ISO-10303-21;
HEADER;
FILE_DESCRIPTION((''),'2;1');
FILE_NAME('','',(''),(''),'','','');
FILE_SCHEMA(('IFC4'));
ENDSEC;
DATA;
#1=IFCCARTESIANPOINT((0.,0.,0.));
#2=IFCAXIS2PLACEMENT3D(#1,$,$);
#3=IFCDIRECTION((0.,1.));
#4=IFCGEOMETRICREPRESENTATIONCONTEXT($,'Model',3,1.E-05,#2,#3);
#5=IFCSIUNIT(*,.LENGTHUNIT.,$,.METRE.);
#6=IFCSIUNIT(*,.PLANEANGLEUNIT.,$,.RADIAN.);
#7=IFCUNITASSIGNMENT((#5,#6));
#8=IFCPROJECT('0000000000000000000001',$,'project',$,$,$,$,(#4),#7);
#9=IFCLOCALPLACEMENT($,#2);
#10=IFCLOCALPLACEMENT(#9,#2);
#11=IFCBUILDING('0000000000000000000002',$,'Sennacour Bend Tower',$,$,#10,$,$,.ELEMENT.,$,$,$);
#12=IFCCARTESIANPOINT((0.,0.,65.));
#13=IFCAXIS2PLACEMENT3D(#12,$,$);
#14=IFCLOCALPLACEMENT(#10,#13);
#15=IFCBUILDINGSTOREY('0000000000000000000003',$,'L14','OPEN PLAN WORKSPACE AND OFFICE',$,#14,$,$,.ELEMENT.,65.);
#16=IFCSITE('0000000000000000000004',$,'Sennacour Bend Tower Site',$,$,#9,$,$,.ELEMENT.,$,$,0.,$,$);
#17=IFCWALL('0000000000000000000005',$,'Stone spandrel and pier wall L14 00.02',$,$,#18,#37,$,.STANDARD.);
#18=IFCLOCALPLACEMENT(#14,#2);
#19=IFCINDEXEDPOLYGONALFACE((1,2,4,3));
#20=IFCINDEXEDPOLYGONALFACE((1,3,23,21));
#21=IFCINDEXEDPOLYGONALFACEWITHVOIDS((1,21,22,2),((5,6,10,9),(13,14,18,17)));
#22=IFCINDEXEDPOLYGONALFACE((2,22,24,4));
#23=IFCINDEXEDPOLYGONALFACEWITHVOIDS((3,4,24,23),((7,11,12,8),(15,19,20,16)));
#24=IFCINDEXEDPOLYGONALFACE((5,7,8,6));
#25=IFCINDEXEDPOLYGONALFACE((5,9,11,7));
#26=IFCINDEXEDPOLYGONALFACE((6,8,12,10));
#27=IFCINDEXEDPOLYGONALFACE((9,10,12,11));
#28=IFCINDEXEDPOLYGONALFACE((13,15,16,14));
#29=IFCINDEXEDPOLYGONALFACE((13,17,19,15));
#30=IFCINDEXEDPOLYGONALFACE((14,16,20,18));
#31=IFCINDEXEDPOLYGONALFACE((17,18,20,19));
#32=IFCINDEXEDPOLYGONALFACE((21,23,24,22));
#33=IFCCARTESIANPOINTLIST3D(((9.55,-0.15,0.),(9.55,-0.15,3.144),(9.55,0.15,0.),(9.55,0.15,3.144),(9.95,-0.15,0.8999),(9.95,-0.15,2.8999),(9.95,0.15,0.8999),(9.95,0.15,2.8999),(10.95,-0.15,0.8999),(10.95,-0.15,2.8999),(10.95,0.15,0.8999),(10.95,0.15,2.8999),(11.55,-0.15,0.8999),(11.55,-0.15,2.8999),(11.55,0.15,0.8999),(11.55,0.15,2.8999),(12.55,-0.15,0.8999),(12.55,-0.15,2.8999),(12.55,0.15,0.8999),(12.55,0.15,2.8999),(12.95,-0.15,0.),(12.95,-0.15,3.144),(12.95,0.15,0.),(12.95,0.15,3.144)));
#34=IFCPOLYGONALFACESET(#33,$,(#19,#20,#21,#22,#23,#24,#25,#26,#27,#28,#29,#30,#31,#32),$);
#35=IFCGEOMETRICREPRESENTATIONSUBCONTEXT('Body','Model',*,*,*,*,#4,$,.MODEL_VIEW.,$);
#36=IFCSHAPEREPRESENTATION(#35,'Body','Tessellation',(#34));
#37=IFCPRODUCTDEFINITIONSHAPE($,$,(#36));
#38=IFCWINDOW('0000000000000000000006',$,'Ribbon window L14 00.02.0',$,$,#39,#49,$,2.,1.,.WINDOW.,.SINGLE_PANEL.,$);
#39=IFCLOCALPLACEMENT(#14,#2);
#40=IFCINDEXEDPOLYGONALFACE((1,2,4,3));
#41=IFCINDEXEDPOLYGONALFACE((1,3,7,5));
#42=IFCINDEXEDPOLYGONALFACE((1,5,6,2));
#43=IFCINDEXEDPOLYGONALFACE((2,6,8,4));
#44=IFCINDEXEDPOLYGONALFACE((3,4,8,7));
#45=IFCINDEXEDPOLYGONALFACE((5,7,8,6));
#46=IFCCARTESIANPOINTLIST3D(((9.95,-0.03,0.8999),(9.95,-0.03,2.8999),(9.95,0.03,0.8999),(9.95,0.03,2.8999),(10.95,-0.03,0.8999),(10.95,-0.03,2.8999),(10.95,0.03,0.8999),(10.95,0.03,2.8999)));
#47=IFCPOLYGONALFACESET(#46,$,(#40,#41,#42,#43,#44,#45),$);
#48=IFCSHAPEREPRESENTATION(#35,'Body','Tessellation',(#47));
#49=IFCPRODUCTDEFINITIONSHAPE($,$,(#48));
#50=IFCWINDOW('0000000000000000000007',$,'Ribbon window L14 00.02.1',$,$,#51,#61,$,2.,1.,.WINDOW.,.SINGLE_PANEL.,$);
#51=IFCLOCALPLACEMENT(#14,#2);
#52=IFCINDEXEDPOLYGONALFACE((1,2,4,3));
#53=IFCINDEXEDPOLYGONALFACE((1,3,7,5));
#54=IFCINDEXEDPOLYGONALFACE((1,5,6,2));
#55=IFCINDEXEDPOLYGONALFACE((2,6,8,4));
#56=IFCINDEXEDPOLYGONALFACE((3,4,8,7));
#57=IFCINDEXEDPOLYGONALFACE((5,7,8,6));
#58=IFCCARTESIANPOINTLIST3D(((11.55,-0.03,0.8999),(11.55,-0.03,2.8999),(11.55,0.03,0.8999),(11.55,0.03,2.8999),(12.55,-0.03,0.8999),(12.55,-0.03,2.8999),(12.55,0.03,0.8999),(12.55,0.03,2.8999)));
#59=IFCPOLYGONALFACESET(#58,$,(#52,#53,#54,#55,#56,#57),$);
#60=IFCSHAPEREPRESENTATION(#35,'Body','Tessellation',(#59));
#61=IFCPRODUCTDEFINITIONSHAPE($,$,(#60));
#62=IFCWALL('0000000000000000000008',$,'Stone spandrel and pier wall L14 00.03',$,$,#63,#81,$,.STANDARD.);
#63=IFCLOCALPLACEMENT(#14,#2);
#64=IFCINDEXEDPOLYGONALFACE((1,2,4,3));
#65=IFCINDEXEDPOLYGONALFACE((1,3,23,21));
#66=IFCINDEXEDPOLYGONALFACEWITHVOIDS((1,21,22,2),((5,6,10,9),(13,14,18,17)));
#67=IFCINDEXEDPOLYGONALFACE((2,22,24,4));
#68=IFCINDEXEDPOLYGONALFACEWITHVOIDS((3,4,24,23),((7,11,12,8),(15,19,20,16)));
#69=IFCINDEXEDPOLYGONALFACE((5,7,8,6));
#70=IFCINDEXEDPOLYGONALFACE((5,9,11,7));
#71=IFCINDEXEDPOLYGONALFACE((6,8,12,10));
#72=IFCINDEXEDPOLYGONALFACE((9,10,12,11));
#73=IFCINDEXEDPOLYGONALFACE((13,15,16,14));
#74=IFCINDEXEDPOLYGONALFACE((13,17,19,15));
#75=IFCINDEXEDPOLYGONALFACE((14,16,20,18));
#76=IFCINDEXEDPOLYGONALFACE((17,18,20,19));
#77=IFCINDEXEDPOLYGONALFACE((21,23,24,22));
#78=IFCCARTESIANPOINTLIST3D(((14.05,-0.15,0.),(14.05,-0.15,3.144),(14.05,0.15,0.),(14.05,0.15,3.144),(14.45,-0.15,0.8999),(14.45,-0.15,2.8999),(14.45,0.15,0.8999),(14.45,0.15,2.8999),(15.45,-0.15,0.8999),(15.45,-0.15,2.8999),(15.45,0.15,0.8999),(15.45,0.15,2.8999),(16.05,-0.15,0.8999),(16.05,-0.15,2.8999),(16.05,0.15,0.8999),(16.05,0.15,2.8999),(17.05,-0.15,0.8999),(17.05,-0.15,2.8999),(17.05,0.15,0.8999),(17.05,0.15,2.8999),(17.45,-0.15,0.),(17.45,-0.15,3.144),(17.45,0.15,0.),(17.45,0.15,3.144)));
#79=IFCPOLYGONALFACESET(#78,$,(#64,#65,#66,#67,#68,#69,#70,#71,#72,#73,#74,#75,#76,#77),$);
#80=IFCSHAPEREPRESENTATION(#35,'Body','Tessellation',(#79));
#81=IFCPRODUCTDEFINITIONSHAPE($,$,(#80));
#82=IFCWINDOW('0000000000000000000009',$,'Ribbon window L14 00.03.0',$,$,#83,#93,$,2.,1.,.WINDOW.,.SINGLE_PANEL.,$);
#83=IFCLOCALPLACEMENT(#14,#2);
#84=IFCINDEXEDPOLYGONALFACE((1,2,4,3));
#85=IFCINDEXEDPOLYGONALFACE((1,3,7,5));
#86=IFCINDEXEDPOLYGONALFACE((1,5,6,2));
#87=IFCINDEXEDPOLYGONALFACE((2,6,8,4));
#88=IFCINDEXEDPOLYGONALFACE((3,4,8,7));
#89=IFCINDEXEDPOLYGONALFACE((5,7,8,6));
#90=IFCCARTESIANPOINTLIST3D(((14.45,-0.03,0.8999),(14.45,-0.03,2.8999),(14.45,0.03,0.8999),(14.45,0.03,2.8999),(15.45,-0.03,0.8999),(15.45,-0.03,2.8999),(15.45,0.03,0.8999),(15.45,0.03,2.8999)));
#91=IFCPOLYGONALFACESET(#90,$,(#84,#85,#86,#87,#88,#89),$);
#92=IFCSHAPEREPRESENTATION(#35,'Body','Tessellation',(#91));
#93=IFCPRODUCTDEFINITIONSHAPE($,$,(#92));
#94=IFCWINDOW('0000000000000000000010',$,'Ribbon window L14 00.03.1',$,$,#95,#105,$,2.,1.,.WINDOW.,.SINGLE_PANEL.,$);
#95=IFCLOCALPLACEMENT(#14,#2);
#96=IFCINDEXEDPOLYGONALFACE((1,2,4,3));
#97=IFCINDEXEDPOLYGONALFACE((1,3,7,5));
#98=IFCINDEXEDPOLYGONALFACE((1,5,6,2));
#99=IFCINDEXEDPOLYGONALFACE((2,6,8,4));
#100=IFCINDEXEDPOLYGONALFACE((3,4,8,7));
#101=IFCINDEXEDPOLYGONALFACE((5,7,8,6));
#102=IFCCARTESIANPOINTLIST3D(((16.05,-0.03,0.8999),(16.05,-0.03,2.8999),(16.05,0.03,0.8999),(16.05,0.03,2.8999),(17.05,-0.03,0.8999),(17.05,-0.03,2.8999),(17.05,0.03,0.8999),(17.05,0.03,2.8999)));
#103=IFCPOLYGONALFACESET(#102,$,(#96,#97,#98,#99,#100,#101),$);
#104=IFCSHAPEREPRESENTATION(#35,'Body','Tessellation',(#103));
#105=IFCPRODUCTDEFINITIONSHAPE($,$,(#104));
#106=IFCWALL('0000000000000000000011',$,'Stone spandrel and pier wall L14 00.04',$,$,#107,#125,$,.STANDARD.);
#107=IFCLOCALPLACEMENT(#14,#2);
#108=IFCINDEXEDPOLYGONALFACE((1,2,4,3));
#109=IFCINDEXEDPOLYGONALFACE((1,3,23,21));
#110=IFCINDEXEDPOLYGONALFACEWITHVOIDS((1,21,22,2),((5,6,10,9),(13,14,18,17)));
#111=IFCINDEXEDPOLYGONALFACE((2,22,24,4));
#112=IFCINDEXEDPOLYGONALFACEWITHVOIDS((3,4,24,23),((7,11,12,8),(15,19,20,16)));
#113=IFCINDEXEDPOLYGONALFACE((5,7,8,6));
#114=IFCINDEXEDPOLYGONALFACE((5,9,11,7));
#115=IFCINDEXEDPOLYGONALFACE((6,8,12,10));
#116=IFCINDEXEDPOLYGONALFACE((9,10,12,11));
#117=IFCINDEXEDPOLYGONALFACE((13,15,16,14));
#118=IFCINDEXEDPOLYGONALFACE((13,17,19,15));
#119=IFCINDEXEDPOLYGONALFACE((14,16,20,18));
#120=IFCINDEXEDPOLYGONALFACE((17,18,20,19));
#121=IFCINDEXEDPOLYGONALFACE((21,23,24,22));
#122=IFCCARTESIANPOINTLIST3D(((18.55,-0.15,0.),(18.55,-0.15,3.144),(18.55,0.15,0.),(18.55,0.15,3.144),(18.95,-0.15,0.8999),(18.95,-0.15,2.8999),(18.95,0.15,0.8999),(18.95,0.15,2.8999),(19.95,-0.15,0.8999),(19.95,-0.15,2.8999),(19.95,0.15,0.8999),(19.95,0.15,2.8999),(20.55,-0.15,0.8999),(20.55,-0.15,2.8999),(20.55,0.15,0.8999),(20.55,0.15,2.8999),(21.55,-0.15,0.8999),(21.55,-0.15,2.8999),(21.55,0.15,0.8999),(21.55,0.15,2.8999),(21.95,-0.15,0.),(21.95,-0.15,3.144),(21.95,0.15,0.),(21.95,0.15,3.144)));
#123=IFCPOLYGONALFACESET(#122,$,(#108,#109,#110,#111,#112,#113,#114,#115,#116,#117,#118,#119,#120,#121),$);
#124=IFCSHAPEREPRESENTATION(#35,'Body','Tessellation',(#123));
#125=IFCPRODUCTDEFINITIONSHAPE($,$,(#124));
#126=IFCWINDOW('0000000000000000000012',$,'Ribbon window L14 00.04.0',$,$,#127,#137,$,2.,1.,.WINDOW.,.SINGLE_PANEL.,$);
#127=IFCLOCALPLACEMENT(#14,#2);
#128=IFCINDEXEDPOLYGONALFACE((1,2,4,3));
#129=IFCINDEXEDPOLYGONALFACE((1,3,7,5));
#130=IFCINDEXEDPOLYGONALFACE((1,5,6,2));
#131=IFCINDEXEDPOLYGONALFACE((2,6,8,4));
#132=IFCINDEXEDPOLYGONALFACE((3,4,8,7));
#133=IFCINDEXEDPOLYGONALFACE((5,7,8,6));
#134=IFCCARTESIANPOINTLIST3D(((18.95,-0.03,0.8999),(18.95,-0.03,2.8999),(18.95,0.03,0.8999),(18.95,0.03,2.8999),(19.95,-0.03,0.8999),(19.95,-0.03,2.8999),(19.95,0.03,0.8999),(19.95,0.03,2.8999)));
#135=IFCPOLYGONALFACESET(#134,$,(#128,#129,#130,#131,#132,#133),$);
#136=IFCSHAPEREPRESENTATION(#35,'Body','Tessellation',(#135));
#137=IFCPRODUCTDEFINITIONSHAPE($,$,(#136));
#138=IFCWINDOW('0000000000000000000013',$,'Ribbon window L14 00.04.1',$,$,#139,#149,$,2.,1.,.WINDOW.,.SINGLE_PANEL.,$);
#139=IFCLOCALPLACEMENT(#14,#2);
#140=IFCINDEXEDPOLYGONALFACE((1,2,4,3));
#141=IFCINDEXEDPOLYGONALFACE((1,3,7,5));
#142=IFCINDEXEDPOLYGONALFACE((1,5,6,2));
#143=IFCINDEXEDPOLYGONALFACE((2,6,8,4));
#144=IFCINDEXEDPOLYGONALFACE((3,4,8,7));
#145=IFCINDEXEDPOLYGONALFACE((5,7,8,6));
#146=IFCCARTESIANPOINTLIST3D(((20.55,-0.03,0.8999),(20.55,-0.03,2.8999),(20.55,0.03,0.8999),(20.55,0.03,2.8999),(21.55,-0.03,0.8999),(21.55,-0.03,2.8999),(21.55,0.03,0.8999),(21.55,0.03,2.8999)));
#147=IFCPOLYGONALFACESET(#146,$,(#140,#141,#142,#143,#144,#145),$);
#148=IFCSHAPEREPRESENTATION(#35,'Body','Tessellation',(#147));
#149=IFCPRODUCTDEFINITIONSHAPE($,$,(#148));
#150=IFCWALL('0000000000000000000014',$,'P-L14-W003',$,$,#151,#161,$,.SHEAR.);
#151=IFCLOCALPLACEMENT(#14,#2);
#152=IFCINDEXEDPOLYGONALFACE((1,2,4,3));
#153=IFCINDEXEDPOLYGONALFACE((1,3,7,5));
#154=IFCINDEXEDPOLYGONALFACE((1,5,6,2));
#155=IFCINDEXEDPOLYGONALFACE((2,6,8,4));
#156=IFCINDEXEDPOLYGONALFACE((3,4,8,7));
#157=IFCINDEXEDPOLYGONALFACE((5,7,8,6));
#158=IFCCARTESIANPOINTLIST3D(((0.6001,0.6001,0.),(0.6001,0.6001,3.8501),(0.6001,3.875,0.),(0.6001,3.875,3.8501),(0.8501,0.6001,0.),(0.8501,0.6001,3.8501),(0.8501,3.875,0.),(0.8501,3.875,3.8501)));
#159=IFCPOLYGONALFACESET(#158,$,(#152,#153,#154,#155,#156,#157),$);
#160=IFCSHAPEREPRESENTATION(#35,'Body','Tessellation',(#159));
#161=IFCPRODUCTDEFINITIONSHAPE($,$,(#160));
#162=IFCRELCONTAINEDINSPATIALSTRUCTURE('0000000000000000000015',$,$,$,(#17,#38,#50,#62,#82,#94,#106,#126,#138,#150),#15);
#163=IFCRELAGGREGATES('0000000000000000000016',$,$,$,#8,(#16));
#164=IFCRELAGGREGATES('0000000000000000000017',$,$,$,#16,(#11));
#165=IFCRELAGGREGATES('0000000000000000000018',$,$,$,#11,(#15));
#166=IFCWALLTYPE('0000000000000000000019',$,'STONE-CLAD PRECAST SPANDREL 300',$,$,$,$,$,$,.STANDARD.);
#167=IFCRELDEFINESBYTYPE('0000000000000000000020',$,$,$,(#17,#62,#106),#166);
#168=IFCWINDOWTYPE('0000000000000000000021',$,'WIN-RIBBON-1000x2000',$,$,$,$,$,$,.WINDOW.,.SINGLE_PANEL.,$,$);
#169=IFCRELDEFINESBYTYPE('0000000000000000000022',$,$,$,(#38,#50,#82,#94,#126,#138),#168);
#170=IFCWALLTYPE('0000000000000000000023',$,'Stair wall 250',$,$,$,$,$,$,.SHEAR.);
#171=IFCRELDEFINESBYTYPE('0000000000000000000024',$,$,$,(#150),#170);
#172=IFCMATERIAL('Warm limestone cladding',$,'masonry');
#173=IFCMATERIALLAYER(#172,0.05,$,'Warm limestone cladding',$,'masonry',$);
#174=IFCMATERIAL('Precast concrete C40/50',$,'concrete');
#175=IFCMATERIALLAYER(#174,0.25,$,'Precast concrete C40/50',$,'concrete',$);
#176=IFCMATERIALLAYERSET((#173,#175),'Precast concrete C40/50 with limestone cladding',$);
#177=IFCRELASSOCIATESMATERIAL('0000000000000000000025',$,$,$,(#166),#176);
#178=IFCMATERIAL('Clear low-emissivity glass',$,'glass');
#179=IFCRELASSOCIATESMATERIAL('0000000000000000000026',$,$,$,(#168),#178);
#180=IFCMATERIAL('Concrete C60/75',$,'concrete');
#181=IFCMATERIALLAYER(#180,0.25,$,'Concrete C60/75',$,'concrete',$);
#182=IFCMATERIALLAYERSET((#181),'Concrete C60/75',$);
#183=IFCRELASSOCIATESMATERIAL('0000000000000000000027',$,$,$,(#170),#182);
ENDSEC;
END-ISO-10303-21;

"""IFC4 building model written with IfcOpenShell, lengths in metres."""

from ifc_helpers import new_model, si_unit, direction, frame, frame_2d, origin, place, context, subcontext, project, spatial, rectangle, extrude, material, layer, layer_set, type_object, element, fill, save


model = new_model("IFC4")

# Units and contexts
model_context = context("Model", 3, precision=1e-05, world=origin(), true_north=direction((0.0, 1.0)))
body_context = subcontext(model_context, "Body", "Model", "MODEL_VIEW")
ifc_project = project(units=[si_unit("LENGTHUNIT", "METRE"), si_unit("PLANEANGLEUNIT", "RADIAN")], contexts=[model_context])

# Site, building, storey
site_placement = place(None, origin())
site = spatial("IfcSite", under=ifc_project, at=site_placement, Name="Sennacour Bend Tower Site", CompositionType="ELEMENT", RefElevation=0.0)
building_placement = place(site_placement, origin())
building = spatial("IfcBuilding", under=site, at=building_placement, Name="Sennacour Bend Tower", CompositionType="ELEMENT")
storey_placement = place(building_placement, frame((0.0, 0.0, 65.0)))
storey = spatial("IfcBuildingStorey", under=building, at=storey_placement, Name="L14", Description="OPEN PLAN WORKSPACE AND OFFICE", CompositionType="ELEMENT", Elevation=65.0)

# Walls, openings, windows
ifc_material_1 = material(Name="Warm limestone cladding", Category="masonry")
ifc_layer_1 = layer(ifc_material_1, 0.05, Name="Warm limestone cladding", Category="masonry")
ifc_material_2 = material(Name="Precast concrete C40/50", Category="concrete")
ifc_layer_2 = layer(ifc_material_2, 0.25, Name="Precast concrete C40/50", Category="concrete")
ifc_layer_set_1 = layer_set([ifc_layer_1, ifc_layer_2], Name="Precast concrete C40/50 with limestone cladding")
wall_type_1 = type_object("IfcWallType", Name="STONE-CLAD PRECAST SPANDREL 300", PredefinedType="STANDARD", material=ifc_layer_set_1)
ifc_material_3 = material(Name="Clear low-emissivity glass", Category="glass")
window_type = type_object("IfcWindowType", Name="WIN-RIBBON-1000x2000", PartitioningType="SINGLE_PANEL", PredefinedType="WINDOW", material=ifc_material_3)
wall_1_placement = place(storey_placement, frame((9.55, 0.0, 0.0), z_axis=(0.0, 0.0, 1.0), x_axis=(1.0, 0.0, 0.0)))
wall_1 = element("IfcWall", 1, at=wall_1_placement, inside=storey, type_object=wall_type_1, Name="Stone spandrel and pier wall L14 00.02", PredefinedType="STANDARD", context=body_context, shape_type="SweptSolid", body=[
    extrude(rectangle(XDim=3.3999, YDim=0.3, at=frame_2d((1.7, 0.0))), origin(), (0.0, 0.0, 1.0), 3.144),
])
opening_1_placement = place(wall_1_placement, frame((0.3999, 0.0, 0.8999)))
opening_1 = element("IfcOpeningElement", 2, at=opening_1_placement, cuts=wall_1, PredefinedType="OPENING", context=body_context, shape_type="SweptSolid", body=[
    extrude(rectangle(XDim=1.0, YDim=2.0, at=frame_2d((0.5, 1.0))), frame((0.0, 0.1602, 0.0), z_axis=(0.0, -1.0, 0.0), x_axis=(1.0, 0.0, 0.0)), (0.0, 0.0, 1.0), 0.3201),
])
opening_2_placement = place(wall_1_placement, frame((2.0, 0.0, 0.8999)))
opening_2 = element("IfcOpeningElement", 3, at=opening_2_placement, cuts=wall_1, PredefinedType="OPENING", context=body_context, shape_type="SweptSolid", body=[
    extrude(rectangle(XDim=1.0, YDim=2.0, at=frame_2d((0.5, 1.0))), frame((0.0, 0.1602, 0.0), z_axis=(0.0, -1.0, 0.0), x_axis=(1.0, 0.0, 0.0)), (0.0, 0.0, 1.0), 0.3201),
])
window_1_placement = place(opening_1_placement, origin())
window_1 = element("IfcWindow", 4, at=window_1_placement, inside=storey, type_object=window_type, Name="Ribbon window L14 00.02.0", OverallHeight=2.0, OverallWidth=1.0, PartitioningType="SINGLE_PANEL", PredefinedType="WINDOW", context=body_context, shape_type="SweptSolid", body=[
    extrude(rectangle(XDim=1.0, YDim=2.0, at=frame_2d((0.5, 1.0))), frame((0.0, 0.03, 0.0), z_axis=(0.0, -1.0, 0.0), x_axis=(1.0, 0.0, 0.0)), (0.0, 0.0, 1.0), 0.0601),
])
fill(opening_1, window_1)
window_2_placement = place(opening_2_placement, origin())
window_2 = element("IfcWindow", 5, at=window_2_placement, inside=storey, type_object=window_type, Name="Ribbon window L14 00.02.1", OverallHeight=2.0, OverallWidth=1.0, PartitioningType="SINGLE_PANEL", PredefinedType="WINDOW", context=body_context, shape_type="SweptSolid", body=[
    extrude(rectangle(XDim=1.0, YDim=2.0, at=frame_2d((0.5, 1.0))), frame((0.0, 0.03, 0.0), z_axis=(0.0, -1.0, 0.0), x_axis=(1.0, 0.0, 0.0)), (0.0, 0.0, 1.0), 0.0601),
])
fill(opening_2, window_2)
wall_2_placement = place(storey_placement, frame((14.05, 0.0, 0.0), z_axis=(0.0, 0.0, 1.0), x_axis=(1.0, 0.0, 0.0)))
wall_2 = element("IfcWall", 6, at=wall_2_placement, inside=storey, type_object=wall_type_1, Name="Stone spandrel and pier wall L14 00.03", PredefinedType="STANDARD", context=body_context, shape_type="SweptSolid", body=[
    extrude(rectangle(XDim=3.3999, YDim=0.3, at=frame_2d((1.7, 0.0))), origin(), (0.0, 0.0, 1.0), 3.144),
])
opening_3_placement = place(wall_2_placement, frame((0.3999, 0.0, 0.8999)))
opening_3 = element("IfcOpeningElement", 7, at=opening_3_placement, cuts=wall_2, PredefinedType="OPENING", context=body_context, shape_type="SweptSolid", body=[
    extrude(rectangle(XDim=1.0, YDim=2.0, at=frame_2d((0.5, 1.0))), frame((0.0, 0.1602, 0.0), z_axis=(0.0, -1.0, 0.0), x_axis=(1.0, 0.0, 0.0)), (0.0, 0.0, 1.0), 0.3201),
])
opening_4_placement = place(wall_2_placement, frame((2.0, 0.0, 0.8999)))
opening_4 = element("IfcOpeningElement", 8, at=opening_4_placement, cuts=wall_2, PredefinedType="OPENING", context=body_context, shape_type="SweptSolid", body=[
    extrude(rectangle(XDim=1.0, YDim=2.0, at=frame_2d((0.5, 1.0))), frame((0.0, 0.1602, 0.0), z_axis=(0.0, -1.0, 0.0), x_axis=(1.0, 0.0, 0.0)), (0.0, 0.0, 1.0), 0.3201),
])
window_3_placement = place(opening_3_placement, origin())
window_3 = element("IfcWindow", 9, at=window_3_placement, inside=storey, type_object=window_type, Name="Ribbon window L14 00.03.0", OverallHeight=2.0, OverallWidth=1.0, PartitioningType="SINGLE_PANEL", PredefinedType="WINDOW", context=body_context, shape_type="SweptSolid", body=[
    extrude(rectangle(XDim=1.0, YDim=2.0, at=frame_2d((0.5, 1.0))), frame((0.0, 0.03, 0.0), z_axis=(0.0, -1.0, 0.0), x_axis=(1.0, 0.0, 0.0)), (0.0, 0.0, 1.0), 0.0601),
])
fill(opening_3, window_3)
window_4_placement = place(opening_4_placement, origin())
window_4 = element("IfcWindow", 10, at=window_4_placement, inside=storey, type_object=window_type, Name="Ribbon window L14 00.03.1", OverallHeight=2.0, OverallWidth=1.0, PartitioningType="SINGLE_PANEL", PredefinedType="WINDOW", context=body_context, shape_type="SweptSolid", body=[
    extrude(rectangle(XDim=1.0, YDim=2.0, at=frame_2d((0.5, 1.0))), frame((0.0, 0.03, 0.0), z_axis=(0.0, -1.0, 0.0), x_axis=(1.0, 0.0, 0.0)), (0.0, 0.0, 1.0), 0.0601),
])
fill(opening_4, window_4)
wall_3_placement = place(storey_placement, frame((18.55, 0.0, 0.0), z_axis=(0.0, 0.0, 1.0), x_axis=(1.0, 0.0, 0.0)))
wall_3 = element("IfcWall", 11, at=wall_3_placement, inside=storey, type_object=wall_type_1, Name="Stone spandrel and pier wall L14 00.04", PredefinedType="STANDARD", context=body_context, shape_type="SweptSolid", body=[
    extrude(rectangle(XDim=3.3999, YDim=0.3, at=frame_2d((1.7, 0.0))), origin(), (0.0, 0.0, 1.0), 3.144),
])
opening_5_placement = place(wall_3_placement, frame((0.3999, 0.0, 0.8999)))
opening_5 = element("IfcOpeningElement", 12, at=opening_5_placement, cuts=wall_3, PredefinedType="OPENING", context=body_context, shape_type="SweptSolid", body=[
    extrude(rectangle(XDim=1.0, YDim=2.0, at=frame_2d((0.5, 1.0))), frame((0.0, 0.1602, 0.0), z_axis=(0.0, -1.0, 0.0), x_axis=(1.0, 0.0, 0.0)), (0.0, 0.0, 1.0), 0.3201),
])
opening_6_placement = place(wall_3_placement, frame((2.0, 0.0, 0.8999)))
opening_6 = element("IfcOpeningElement", 13, at=opening_6_placement, cuts=wall_3, PredefinedType="OPENING", context=body_context, shape_type="SweptSolid", body=[
    extrude(rectangle(XDim=1.0, YDim=2.0, at=frame_2d((0.5, 1.0))), frame((0.0, 0.1602, 0.0), z_axis=(0.0, -1.0, 0.0), x_axis=(1.0, 0.0, 0.0)), (0.0, 0.0, 1.0), 0.3201),
])
window_5_placement = place(opening_5_placement, origin())
window_5 = element("IfcWindow", 14, at=window_5_placement, inside=storey, type_object=window_type, Name="Ribbon window L14 00.04.0", OverallHeight=2.0, OverallWidth=1.0, PartitioningType="SINGLE_PANEL", PredefinedType="WINDOW", context=body_context, shape_type="SweptSolid", body=[
    extrude(rectangle(XDim=1.0, YDim=2.0, at=frame_2d((0.5, 1.0))), frame((0.0, 0.03, 0.0), z_axis=(0.0, -1.0, 0.0), x_axis=(1.0, 0.0, 0.0)), (0.0, 0.0, 1.0), 0.0601),
])
fill(opening_5, window_5)
window_6_placement = place(opening_6_placement, origin())
window_6 = element("IfcWindow", 15, at=window_6_placement, inside=storey, type_object=window_type, Name="Ribbon window L14 00.04.1", OverallHeight=2.0, OverallWidth=1.0, PartitioningType="SINGLE_PANEL", PredefinedType="WINDOW", context=body_context, shape_type="SweptSolid", body=[
    extrude(rectangle(XDim=1.0, YDim=2.0, at=frame_2d((0.5, 1.0))), frame((0.0, 0.03, 0.0), z_axis=(0.0, -1.0, 0.0), x_axis=(1.0, 0.0, 0.0)), (0.0, 0.0, 1.0), 0.0601),
])
fill(opening_6, window_6)

# Wall
ifc_material_4 = material(Name="Concrete C60/75", Category="concrete")
ifc_layer_3 = layer(ifc_material_4, 0.25, Name="Concrete C60/75", Category="concrete")
ifc_layer_set_2 = layer_set([ifc_layer_3], Name="Concrete C60/75")
wall_type_2 = type_object("IfcWallType", Name="Stair wall 250", PredefinedType="SHEAR", material=ifc_layer_set_2)
wall_4_placement = place(storey_placement, frame((0.7251, 0.6001, 0.0), z_axis=(0.0, 0.0, 1.0), x_axis=(0.0, 1.0, 0.0)))
element("IfcWall", 16, at=wall_4_placement, inside=storey, type_object=wall_type_2, Name="P-L14-W003", PredefinedType="SHEAR", context=body_context, shape_type="SweptSolid", body=[
    extrude(rectangle(XDim=3.2749, YDim=0.25, at=frame_2d((1.6375, 0.0))), origin(), (0.0, 0.0, 1.0), 3.8501),
])

save(model, "model.ifc")
